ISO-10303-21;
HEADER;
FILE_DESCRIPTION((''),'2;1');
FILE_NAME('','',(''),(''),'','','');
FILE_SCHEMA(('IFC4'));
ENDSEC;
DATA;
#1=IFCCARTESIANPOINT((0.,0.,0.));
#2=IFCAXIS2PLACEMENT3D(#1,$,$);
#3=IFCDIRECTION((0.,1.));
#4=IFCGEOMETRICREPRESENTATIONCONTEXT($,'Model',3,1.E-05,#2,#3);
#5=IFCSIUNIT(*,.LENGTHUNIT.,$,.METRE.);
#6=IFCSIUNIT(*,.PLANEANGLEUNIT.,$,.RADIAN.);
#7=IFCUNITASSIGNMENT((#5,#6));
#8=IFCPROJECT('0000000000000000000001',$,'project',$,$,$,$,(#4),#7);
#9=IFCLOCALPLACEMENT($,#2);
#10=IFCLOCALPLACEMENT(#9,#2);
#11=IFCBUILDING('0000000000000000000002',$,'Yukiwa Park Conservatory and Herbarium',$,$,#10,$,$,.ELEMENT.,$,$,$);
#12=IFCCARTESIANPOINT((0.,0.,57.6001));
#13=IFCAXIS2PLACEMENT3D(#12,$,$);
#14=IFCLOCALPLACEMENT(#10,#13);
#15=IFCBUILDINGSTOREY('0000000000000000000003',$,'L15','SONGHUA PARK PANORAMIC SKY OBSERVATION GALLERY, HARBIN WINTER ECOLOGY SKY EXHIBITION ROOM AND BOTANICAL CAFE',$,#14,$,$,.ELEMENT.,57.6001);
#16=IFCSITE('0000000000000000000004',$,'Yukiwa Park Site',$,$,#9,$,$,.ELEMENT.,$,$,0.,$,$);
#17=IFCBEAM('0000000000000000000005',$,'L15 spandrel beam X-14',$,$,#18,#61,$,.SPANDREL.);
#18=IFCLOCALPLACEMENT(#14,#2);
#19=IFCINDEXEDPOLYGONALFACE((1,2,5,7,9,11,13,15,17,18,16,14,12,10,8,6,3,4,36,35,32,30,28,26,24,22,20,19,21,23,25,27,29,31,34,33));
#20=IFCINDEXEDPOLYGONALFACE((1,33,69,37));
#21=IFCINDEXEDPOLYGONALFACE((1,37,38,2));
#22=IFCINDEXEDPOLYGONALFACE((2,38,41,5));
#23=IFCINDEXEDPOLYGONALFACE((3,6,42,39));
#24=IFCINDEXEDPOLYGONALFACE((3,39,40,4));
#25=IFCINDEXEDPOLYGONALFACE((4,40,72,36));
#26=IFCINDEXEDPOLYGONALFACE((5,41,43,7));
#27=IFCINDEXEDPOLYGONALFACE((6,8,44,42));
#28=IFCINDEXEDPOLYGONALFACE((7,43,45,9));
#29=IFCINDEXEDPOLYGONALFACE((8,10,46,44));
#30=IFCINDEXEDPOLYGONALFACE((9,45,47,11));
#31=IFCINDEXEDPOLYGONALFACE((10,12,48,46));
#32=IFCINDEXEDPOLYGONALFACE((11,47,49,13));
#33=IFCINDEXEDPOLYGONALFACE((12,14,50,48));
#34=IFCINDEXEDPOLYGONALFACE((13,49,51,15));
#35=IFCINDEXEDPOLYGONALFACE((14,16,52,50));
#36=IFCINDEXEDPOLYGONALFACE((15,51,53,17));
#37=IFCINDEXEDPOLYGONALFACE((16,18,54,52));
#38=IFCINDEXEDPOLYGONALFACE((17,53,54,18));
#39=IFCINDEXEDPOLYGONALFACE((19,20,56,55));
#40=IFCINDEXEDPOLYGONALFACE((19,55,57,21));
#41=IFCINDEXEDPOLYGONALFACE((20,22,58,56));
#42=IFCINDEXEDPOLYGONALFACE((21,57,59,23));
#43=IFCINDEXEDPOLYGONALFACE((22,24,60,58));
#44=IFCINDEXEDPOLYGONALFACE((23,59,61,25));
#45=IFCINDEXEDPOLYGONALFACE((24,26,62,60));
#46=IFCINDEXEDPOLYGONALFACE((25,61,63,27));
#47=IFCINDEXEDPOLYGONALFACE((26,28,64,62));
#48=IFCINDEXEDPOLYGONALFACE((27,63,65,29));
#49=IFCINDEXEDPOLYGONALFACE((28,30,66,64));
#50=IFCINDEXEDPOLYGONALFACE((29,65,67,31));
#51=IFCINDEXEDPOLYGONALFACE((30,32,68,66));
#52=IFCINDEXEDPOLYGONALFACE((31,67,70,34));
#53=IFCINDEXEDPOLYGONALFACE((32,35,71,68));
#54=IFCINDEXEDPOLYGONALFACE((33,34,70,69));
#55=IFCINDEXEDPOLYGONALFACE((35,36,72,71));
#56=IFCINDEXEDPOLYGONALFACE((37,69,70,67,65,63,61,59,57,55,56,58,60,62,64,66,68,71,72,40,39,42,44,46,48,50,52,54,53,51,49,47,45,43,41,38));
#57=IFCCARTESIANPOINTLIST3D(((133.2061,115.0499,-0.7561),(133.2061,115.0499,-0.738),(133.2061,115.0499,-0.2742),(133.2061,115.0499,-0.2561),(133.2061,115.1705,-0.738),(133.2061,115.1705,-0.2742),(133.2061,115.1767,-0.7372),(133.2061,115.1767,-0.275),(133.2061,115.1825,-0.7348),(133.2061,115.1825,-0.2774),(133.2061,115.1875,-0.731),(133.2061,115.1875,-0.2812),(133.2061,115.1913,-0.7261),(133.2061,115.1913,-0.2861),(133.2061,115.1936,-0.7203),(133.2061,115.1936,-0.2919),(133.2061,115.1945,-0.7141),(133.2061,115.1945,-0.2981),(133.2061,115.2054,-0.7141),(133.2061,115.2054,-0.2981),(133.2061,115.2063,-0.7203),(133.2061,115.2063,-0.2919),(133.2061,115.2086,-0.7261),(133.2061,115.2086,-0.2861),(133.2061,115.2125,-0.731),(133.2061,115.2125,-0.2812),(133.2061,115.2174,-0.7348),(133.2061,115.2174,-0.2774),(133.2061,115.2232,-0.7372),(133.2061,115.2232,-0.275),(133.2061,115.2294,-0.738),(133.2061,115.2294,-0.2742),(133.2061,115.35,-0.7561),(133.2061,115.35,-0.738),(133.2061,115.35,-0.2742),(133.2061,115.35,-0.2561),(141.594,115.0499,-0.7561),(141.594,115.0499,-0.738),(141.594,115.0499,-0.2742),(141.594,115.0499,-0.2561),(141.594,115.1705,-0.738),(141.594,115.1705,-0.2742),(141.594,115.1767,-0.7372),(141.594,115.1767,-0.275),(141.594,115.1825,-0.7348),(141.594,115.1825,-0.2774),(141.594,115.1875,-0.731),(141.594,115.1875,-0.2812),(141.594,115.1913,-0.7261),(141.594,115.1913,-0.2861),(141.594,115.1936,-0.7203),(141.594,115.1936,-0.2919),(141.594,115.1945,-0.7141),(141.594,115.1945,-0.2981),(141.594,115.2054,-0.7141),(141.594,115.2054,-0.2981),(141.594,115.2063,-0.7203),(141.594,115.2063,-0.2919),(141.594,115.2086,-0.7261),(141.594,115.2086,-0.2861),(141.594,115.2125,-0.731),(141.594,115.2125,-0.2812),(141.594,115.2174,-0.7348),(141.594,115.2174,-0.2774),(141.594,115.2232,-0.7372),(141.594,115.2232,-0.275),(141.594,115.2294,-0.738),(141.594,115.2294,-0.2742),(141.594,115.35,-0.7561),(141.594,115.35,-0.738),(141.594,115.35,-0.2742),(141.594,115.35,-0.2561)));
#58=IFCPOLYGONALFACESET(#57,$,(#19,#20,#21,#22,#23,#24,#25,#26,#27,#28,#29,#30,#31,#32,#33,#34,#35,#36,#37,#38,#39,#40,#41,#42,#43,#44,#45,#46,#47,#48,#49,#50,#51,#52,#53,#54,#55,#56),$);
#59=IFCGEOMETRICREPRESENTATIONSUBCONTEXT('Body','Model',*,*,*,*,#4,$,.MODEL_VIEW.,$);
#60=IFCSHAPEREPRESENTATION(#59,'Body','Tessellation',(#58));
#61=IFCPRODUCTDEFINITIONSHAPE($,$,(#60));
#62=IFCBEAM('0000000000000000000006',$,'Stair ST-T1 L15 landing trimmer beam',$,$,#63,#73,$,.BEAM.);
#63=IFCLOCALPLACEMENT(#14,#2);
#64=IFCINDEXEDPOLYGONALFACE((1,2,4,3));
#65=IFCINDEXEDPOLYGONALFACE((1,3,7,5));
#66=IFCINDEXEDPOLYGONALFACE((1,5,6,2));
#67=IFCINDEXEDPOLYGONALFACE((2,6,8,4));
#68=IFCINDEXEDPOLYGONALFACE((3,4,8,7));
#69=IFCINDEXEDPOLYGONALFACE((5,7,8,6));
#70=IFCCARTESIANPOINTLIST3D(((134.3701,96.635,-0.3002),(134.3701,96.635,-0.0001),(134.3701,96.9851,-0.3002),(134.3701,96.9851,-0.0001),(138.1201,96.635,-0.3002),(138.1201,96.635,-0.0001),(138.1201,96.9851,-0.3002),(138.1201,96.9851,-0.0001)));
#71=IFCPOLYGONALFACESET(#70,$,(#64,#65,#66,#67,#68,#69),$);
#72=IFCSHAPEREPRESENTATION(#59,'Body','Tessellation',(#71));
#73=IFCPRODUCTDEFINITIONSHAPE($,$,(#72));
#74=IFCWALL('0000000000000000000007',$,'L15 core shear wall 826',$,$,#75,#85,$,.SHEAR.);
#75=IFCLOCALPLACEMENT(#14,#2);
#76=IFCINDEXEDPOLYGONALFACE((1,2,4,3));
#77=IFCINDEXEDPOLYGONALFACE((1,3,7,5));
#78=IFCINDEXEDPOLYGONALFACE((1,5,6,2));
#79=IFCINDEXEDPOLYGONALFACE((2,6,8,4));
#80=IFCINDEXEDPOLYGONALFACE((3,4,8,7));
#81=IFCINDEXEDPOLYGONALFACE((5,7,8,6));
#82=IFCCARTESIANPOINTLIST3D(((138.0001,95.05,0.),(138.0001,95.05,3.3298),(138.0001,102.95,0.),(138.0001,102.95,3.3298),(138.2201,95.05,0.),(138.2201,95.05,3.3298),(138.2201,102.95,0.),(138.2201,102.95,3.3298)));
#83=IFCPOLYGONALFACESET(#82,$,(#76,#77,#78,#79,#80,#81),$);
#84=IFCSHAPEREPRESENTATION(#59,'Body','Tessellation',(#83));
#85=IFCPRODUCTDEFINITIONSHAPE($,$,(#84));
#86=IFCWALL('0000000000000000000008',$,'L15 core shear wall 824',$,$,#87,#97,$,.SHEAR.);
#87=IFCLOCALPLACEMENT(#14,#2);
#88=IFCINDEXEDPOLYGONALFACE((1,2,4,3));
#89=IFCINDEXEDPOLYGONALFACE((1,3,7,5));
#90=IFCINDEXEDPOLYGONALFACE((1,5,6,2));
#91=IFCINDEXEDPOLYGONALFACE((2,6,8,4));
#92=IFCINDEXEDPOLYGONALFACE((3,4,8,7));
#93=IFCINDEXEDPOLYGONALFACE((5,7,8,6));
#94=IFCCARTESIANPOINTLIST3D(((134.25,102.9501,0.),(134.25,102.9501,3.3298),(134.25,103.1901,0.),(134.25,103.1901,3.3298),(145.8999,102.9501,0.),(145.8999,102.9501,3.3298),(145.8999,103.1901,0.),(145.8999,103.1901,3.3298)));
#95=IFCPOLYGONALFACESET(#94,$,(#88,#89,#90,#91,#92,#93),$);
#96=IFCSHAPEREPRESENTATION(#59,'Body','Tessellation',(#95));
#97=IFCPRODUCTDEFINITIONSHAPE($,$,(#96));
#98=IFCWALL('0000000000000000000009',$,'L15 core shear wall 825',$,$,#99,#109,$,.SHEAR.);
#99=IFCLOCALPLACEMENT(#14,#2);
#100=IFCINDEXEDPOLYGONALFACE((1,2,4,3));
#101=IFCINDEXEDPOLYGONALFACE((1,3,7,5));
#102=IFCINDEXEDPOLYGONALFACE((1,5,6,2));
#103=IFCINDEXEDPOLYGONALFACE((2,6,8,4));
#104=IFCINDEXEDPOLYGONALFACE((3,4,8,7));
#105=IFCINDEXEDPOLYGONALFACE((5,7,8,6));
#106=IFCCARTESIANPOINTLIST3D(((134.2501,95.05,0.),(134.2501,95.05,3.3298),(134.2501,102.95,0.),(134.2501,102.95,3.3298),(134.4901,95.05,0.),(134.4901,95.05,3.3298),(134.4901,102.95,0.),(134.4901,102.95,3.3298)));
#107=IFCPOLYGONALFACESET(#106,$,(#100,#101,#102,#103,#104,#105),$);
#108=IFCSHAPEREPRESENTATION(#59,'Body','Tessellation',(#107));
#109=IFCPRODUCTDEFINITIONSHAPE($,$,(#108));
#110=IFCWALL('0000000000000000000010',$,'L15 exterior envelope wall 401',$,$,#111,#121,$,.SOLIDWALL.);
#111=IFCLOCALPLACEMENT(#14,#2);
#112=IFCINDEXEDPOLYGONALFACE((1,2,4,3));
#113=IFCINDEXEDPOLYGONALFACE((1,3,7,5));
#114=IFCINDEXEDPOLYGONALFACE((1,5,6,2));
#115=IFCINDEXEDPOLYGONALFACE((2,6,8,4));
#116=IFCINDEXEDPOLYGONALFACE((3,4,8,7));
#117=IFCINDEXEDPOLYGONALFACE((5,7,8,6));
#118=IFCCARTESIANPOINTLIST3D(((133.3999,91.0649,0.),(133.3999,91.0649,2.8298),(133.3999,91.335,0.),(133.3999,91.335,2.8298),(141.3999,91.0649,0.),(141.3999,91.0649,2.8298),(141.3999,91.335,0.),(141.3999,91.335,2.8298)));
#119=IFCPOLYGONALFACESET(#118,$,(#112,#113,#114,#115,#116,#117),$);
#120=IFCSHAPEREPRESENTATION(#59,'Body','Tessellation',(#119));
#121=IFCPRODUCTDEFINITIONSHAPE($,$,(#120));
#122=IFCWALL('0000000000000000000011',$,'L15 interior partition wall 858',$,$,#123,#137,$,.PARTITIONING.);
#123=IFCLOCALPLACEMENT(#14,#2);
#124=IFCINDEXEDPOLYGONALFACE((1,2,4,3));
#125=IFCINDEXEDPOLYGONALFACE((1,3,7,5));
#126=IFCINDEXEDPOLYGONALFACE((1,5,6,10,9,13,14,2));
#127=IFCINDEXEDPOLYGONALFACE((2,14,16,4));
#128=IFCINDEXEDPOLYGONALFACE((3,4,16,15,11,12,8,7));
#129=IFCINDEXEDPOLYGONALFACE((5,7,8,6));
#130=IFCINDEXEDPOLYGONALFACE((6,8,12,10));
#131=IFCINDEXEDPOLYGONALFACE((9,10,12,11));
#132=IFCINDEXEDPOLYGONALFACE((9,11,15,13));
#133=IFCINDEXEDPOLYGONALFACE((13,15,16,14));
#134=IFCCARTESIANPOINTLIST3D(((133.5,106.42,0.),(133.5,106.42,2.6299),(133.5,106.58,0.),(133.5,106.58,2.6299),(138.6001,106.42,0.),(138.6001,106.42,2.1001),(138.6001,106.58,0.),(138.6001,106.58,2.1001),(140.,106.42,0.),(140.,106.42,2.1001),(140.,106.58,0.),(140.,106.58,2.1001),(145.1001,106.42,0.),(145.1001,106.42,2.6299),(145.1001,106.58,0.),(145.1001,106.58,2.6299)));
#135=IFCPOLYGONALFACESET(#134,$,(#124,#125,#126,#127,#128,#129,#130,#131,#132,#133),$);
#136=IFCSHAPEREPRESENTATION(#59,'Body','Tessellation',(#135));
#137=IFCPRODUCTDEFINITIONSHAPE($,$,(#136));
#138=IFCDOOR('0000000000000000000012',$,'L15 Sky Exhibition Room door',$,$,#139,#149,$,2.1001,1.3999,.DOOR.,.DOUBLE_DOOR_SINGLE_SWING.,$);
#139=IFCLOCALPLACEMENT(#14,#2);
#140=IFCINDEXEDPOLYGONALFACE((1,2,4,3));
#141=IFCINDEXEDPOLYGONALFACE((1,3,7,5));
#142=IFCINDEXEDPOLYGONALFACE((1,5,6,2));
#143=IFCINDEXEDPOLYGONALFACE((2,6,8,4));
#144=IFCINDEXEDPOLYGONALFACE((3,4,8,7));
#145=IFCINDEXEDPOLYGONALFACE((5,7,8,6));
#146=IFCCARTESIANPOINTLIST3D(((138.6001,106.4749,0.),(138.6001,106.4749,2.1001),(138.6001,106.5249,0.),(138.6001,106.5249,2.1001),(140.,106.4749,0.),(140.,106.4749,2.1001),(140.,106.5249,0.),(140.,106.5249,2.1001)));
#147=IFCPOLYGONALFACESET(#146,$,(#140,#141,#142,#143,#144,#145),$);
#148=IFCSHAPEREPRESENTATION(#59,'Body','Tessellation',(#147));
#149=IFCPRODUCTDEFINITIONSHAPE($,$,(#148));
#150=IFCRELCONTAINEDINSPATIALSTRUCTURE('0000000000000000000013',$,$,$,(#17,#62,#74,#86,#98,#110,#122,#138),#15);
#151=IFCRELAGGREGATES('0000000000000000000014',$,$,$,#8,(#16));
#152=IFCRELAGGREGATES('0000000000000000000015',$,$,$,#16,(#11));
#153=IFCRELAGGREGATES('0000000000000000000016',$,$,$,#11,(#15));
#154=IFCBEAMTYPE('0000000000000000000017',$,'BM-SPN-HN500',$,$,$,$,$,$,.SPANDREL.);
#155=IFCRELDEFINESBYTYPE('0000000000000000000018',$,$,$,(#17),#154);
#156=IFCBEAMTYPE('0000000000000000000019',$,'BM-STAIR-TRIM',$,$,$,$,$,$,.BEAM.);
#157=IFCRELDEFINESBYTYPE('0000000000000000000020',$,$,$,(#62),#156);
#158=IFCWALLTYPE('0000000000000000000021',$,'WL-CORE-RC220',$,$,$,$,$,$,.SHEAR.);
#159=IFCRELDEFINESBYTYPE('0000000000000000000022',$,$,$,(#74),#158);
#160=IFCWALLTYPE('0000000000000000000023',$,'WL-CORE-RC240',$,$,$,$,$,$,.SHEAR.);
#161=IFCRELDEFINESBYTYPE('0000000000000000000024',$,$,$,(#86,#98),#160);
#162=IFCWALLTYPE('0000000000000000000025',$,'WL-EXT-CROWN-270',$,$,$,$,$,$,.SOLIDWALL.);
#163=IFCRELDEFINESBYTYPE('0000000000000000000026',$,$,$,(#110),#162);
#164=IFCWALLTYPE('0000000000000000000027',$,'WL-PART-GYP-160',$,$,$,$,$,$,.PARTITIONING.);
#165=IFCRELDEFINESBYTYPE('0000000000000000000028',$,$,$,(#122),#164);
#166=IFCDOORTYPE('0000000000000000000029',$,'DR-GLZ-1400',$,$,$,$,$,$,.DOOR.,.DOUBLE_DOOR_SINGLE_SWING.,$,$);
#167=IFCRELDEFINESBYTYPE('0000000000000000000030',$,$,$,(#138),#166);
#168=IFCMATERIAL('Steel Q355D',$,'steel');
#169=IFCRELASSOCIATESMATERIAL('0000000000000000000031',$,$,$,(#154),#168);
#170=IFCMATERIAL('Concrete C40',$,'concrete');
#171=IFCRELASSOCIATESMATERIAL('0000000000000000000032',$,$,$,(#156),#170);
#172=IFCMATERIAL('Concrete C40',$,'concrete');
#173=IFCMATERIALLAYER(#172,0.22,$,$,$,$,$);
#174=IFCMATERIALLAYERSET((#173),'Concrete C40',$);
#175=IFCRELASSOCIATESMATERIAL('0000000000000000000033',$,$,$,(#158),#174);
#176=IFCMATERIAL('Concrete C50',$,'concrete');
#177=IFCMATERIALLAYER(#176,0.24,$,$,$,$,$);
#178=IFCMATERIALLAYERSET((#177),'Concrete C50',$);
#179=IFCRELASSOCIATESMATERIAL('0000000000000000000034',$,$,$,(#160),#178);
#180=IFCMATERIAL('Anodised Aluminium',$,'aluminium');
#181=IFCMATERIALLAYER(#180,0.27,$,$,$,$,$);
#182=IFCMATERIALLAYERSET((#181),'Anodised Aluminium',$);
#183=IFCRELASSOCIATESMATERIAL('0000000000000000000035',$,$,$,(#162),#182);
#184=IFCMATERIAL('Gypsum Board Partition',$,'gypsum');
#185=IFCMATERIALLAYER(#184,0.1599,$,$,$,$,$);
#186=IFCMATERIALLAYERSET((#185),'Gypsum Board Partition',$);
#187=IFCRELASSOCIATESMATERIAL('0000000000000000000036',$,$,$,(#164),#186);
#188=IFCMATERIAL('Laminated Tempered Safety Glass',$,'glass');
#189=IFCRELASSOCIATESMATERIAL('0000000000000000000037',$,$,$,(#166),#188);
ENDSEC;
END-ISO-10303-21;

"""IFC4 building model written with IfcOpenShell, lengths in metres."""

from ifc_helpers import new_model, si_unit, direction, frame, frame_2d, origin, origin_2d, place, context, subcontext, project, spatial, rectangle, i_section, extrude, material, layer, layer_set, material_profile, profile_set, type_object, element, fill, save


model = new_model("IFC4")

# Units and contexts
model_context = context("Model", 3, precision=1e-05, world=origin(), true_north=direction((0.0, 1.0)))
body_context = subcontext(model_context, "Body", "Model", "MODEL_VIEW")
ifc_project = project(units=[si_unit("LENGTHUNIT", "METRE"), si_unit("PLANEANGLEUNIT", "RADIAN")], contexts=[model_context])

# Site, building, storey
site_placement = place(None, origin())
site = spatial("IfcSite", under=ifc_project, at=site_placement, Name="Yukiwa Park Site", CompositionType="ELEMENT", RefElevation=0.0)
building_placement = place(site_placement, origin())
building = spatial("IfcBuilding", under=site, at=building_placement, Name="Yukiwa Park Conservatory and Herbarium", CompositionType="ELEMENT")
storey_placement = place(building_placement, frame((0.0, 0.0, 57.6001)))
storey = spatial("IfcBuildingStorey", under=building, at=storey_placement, Name="L15", Description="SONGHUA PARK PANORAMIC SKY OBSERVATION GALLERY, HARBIN WINTER ECOLOGY SKY EXHIBITION ROOM AND BOTANICAL CAFE", CompositionType="ELEMENT", Elevation=57.6001)

# Beams
ifc_material_1 = material(Name="Steel Q355D", Category="steel")
ifc_material_profile_1 = material_profile(ifc_material_1, i_section(OverallWidth=0.3, OverallDepth=0.5, WebThickness=0.011, FlangeThickness=0.0181, FilletRadius=0.0239, at=origin_2d()), Name="HM 500x300x11x18")
ifc_profile_set_1 = profile_set([ifc_material_profile_1], Name="Steel Q355D")
beam_type_1 = type_object("IfcBeamType", Name="BM-SPN-HN500", PredefinedType="SPANDREL", material=ifc_profile_set_1)
for number, where, z_axis, x_axis, name in (
    (1, (133.2061, 115.2, -0.5061), (1.0, 0.0, 0.0), (0.0, 1.0, 0.0), "L15 spandrel beam X-14"),
):
    element("IfcBeam", number, at=place(storey_placement, frame(where, z_axis=z_axis, x_axis=x_axis)), inside=storey, type_object=beam_type_1, Name=name, PredefinedType="SPANDREL", context=body_context, shape_type="SweptSolid", body=[
        extrude(i_section(OverallWidth=0.3, OverallDepth=0.5, WebThickness=0.011, FlangeThickness=0.0181, FilletRadius=0.0239, at=origin_2d()), origin(), (0.0, 0.0, 1.0), 8.3879),
    ])
ifc_material_2 = material(Name="Concrete C40", Category="concrete")
ifc_material_profile_2 = material_profile(ifc_material_2, rectangle(XDim=0.3501, YDim=0.3, at=origin_2d()), Name="RC 350x300")
ifc_profile_set_2 = profile_set([ifc_material_profile_2], Name="Concrete C40")
beam_type_2 = type_object("IfcBeamType", Name="BM-STAIR-TRIM", PredefinedType="BEAM", material=ifc_profile_set_2)
beam_1_placement = place(storey_placement, frame((134.3701, 96.8101, -0.1501), z_axis=(1.0, 0.0, 0.0), x_axis=(0.0, 1.0, 0.0)))
element("IfcBeam", 2, at=beam_1_placement, inside=storey, type_object=beam_type_2, Name="Stair ST-T1 L15 landing trimmer beam", PredefinedType="BEAM", context=body_context, shape_type="SweptSolid", body=[
    extrude(rectangle(XDim=0.3501, YDim=0.3, at=origin_2d()), origin(), (0.0, 0.0, 1.0), 3.75),
])

# Wall
ifc_material_3 = material(Name="Concrete C40", Category="concrete")
ifc_layer_1 = layer(ifc_material_3, 0.22)
ifc_layer_set_1 = layer_set([ifc_layer_1], Name="Concrete C40")
wall_type_1 = type_object("IfcWallType", Name="WL-CORE-RC220", PredefinedType="SHEAR", material=ifc_layer_set_1)
wall_1_placement = place(storey_placement, frame((138.1101, 95.05, 0.0), z_axis=(0.0, 0.0, 1.0), x_axis=(0.0, 1.0, 0.0)))
element("IfcWall", 3, at=wall_1_placement, inside=storey, type_object=wall_type_1, Name="L15 core shear wall 826", PredefinedType="SHEAR", context=body_context, shape_type="SweptSolid", body=[
    extrude(rectangle(XDim=7.8999, YDim=0.22, at=frame_2d((3.95, 0.0))), origin(), (0.0, 0.0, 1.0), 3.3298),
])

# Shared definitions
ifc_material_4 = material(Name="Concrete C50", Category="concrete")
ifc_layer_2 = layer(ifc_material_4, 0.24)
ifc_layer_set_2 = layer_set([ifc_layer_2], Name="Concrete C50")
wall_type_2 = type_object("IfcWallType", Name="WL-CORE-RC240", PredefinedType="SHEAR", material=ifc_layer_set_2)

# Walls
wall_2_placement = place(storey_placement, frame((134.25, 103.0701, 0.0), z_axis=(0.0, 0.0, 1.0), x_axis=(1.0, 0.0, 0.0)))
element("IfcWall", 4, at=wall_2_placement, inside=storey, type_object=wall_type_2, Name="L15 core shear wall 824", PredefinedType="SHEAR", context=body_context, shape_type="SweptSolid", body=[
    extrude(rectangle(XDim=11.6499, YDim=0.24, at=frame_2d((5.825, 0.0))), origin(), (0.0, 0.0, 1.0), 3.3298),
])
wall_3_placement = place(storey_placement, frame((134.3701, 95.05, 0.0), z_axis=(0.0, 0.0, 1.0), x_axis=(0.0, 1.0, 0.0)))
element("IfcWall", 5, at=wall_3_placement, inside=storey, type_object=wall_type_2, Name="L15 core shear wall 825", PredefinedType="SHEAR", context=body_context, shape_type="SweptSolid", body=[
    extrude(rectangle(XDim=7.8999, YDim=0.24, at=frame_2d((3.95, 0.0))), origin(), (0.0, 0.0, 1.0), 3.3298),
])
ifc_material_5 = material(Name="Anodised Aluminium", Category="aluminium")
ifc_layer_3 = layer(ifc_material_5, 0.27)
ifc_layer_set_3 = layer_set([ifc_layer_3], Name="Anodised Aluminium")
wall_type_3 = type_object("IfcWallType", Name="WL-EXT-CROWN-270", PredefinedType="SOLIDWALL", material=ifc_layer_set_3)
wall_4_placement = place(storey_placement, frame((133.3999, 91.2, 0.0), z_axis=(0.0, 0.0, 1.0), x_axis=(1.0, 0.0, 0.0)))
element("IfcWall", 6, at=wall_4_placement, inside=storey, type_object=wall_type_3, Name="L15 exterior envelope wall 401", PredefinedType="SOLIDWALL", context=body_context, shape_type="SweptSolid", body=[
    extrude(rectangle(XDim=8.0, YDim=0.27, at=frame_2d((4.0, 0.0))), origin(), (0.0, 0.0, 1.0), 2.8298),
])

# Wall, opening, door
ifc_material_6 = material(Name="Gypsum Board Partition", Category="gypsum")
ifc_layer_4 = layer(ifc_material_6, 0.1599)
ifc_layer_set_4 = layer_set([ifc_layer_4], Name="Gypsum Board Partition")
wall_type_4 = type_object("IfcWallType", Name="WL-PART-GYP-160", PredefinedType="PARTITIONING", material=ifc_layer_set_4)
wall_5_placement = place(storey_placement, frame((133.5, 106.5, 0.0), z_axis=(0.0, 0.0, 1.0), x_axis=(1.0, 0.0, 0.0)))
wall_5 = element("IfcWall", 7, at=wall_5_placement, inside=storey, type_object=wall_type_4, Name="L15 interior partition wall 858", PredefinedType="PARTITIONING", context=body_context, shape_type="SweptSolid", body=[
    extrude(rectangle(XDim=11.6001, YDim=0.1599, at=frame_2d((5.8, 0.0))), origin(), (0.0, 0.0, 1.0), 2.6299),
])
opening_1_placement = place(wall_5_placement, frame((5.1001, 0.0, 0.0)))
opening_1 = element("IfcOpeningElement", 8, at=opening_1_placement, cuts=wall_5, PredefinedType="OPENING", context=body_context, shape_type="SweptSolid", body=[
    extrude(rectangle(XDim=1.3999, YDim=2.1001, at=frame_2d((0.7, 1.05))), frame((0.0, 0.0898, 0.0), z_axis=(0.0, -1.0, 0.0), x_axis=(1.0, 0.0, 0.0)), (0.0, 0.0, 1.0), 0.1799),
])
ifc_material_7 = material(Name="Laminated Tempered Safety Glass", Category="glass")
door_type_1 = type_object("IfcDoorType", Name="DR-GLZ-1400", OperationType="DOUBLE_DOOR_SINGLE_SWING", PredefinedType="DOOR", material=ifc_material_7)
door_1_placement = place(opening_1_placement, origin())
door_1 = element("IfcDoor", 9, at=door_1_placement, inside=storey, type_object=door_type_1, Name="L15 Sky Exhibition Room door", OperationType="DOUBLE_DOOR_SINGLE_SWING", OverallHeight=2.1001, OverallWidth=1.3999, PredefinedType="DOOR", context=body_context, shape_type="SweptSolid", body=[
    extrude(rectangle(XDim=1.3999, YDim=2.1001, at=frame_2d((0.7, 1.05))), frame((0.0, 0.0249, 0.0), z_axis=(0.0, -1.0, 0.0), x_axis=(1.0, 0.0, 0.0)), (0.0, 0.0, 1.0), 0.05),
])
fill(opening_1, door_1)

save(model, "model.ifc")
